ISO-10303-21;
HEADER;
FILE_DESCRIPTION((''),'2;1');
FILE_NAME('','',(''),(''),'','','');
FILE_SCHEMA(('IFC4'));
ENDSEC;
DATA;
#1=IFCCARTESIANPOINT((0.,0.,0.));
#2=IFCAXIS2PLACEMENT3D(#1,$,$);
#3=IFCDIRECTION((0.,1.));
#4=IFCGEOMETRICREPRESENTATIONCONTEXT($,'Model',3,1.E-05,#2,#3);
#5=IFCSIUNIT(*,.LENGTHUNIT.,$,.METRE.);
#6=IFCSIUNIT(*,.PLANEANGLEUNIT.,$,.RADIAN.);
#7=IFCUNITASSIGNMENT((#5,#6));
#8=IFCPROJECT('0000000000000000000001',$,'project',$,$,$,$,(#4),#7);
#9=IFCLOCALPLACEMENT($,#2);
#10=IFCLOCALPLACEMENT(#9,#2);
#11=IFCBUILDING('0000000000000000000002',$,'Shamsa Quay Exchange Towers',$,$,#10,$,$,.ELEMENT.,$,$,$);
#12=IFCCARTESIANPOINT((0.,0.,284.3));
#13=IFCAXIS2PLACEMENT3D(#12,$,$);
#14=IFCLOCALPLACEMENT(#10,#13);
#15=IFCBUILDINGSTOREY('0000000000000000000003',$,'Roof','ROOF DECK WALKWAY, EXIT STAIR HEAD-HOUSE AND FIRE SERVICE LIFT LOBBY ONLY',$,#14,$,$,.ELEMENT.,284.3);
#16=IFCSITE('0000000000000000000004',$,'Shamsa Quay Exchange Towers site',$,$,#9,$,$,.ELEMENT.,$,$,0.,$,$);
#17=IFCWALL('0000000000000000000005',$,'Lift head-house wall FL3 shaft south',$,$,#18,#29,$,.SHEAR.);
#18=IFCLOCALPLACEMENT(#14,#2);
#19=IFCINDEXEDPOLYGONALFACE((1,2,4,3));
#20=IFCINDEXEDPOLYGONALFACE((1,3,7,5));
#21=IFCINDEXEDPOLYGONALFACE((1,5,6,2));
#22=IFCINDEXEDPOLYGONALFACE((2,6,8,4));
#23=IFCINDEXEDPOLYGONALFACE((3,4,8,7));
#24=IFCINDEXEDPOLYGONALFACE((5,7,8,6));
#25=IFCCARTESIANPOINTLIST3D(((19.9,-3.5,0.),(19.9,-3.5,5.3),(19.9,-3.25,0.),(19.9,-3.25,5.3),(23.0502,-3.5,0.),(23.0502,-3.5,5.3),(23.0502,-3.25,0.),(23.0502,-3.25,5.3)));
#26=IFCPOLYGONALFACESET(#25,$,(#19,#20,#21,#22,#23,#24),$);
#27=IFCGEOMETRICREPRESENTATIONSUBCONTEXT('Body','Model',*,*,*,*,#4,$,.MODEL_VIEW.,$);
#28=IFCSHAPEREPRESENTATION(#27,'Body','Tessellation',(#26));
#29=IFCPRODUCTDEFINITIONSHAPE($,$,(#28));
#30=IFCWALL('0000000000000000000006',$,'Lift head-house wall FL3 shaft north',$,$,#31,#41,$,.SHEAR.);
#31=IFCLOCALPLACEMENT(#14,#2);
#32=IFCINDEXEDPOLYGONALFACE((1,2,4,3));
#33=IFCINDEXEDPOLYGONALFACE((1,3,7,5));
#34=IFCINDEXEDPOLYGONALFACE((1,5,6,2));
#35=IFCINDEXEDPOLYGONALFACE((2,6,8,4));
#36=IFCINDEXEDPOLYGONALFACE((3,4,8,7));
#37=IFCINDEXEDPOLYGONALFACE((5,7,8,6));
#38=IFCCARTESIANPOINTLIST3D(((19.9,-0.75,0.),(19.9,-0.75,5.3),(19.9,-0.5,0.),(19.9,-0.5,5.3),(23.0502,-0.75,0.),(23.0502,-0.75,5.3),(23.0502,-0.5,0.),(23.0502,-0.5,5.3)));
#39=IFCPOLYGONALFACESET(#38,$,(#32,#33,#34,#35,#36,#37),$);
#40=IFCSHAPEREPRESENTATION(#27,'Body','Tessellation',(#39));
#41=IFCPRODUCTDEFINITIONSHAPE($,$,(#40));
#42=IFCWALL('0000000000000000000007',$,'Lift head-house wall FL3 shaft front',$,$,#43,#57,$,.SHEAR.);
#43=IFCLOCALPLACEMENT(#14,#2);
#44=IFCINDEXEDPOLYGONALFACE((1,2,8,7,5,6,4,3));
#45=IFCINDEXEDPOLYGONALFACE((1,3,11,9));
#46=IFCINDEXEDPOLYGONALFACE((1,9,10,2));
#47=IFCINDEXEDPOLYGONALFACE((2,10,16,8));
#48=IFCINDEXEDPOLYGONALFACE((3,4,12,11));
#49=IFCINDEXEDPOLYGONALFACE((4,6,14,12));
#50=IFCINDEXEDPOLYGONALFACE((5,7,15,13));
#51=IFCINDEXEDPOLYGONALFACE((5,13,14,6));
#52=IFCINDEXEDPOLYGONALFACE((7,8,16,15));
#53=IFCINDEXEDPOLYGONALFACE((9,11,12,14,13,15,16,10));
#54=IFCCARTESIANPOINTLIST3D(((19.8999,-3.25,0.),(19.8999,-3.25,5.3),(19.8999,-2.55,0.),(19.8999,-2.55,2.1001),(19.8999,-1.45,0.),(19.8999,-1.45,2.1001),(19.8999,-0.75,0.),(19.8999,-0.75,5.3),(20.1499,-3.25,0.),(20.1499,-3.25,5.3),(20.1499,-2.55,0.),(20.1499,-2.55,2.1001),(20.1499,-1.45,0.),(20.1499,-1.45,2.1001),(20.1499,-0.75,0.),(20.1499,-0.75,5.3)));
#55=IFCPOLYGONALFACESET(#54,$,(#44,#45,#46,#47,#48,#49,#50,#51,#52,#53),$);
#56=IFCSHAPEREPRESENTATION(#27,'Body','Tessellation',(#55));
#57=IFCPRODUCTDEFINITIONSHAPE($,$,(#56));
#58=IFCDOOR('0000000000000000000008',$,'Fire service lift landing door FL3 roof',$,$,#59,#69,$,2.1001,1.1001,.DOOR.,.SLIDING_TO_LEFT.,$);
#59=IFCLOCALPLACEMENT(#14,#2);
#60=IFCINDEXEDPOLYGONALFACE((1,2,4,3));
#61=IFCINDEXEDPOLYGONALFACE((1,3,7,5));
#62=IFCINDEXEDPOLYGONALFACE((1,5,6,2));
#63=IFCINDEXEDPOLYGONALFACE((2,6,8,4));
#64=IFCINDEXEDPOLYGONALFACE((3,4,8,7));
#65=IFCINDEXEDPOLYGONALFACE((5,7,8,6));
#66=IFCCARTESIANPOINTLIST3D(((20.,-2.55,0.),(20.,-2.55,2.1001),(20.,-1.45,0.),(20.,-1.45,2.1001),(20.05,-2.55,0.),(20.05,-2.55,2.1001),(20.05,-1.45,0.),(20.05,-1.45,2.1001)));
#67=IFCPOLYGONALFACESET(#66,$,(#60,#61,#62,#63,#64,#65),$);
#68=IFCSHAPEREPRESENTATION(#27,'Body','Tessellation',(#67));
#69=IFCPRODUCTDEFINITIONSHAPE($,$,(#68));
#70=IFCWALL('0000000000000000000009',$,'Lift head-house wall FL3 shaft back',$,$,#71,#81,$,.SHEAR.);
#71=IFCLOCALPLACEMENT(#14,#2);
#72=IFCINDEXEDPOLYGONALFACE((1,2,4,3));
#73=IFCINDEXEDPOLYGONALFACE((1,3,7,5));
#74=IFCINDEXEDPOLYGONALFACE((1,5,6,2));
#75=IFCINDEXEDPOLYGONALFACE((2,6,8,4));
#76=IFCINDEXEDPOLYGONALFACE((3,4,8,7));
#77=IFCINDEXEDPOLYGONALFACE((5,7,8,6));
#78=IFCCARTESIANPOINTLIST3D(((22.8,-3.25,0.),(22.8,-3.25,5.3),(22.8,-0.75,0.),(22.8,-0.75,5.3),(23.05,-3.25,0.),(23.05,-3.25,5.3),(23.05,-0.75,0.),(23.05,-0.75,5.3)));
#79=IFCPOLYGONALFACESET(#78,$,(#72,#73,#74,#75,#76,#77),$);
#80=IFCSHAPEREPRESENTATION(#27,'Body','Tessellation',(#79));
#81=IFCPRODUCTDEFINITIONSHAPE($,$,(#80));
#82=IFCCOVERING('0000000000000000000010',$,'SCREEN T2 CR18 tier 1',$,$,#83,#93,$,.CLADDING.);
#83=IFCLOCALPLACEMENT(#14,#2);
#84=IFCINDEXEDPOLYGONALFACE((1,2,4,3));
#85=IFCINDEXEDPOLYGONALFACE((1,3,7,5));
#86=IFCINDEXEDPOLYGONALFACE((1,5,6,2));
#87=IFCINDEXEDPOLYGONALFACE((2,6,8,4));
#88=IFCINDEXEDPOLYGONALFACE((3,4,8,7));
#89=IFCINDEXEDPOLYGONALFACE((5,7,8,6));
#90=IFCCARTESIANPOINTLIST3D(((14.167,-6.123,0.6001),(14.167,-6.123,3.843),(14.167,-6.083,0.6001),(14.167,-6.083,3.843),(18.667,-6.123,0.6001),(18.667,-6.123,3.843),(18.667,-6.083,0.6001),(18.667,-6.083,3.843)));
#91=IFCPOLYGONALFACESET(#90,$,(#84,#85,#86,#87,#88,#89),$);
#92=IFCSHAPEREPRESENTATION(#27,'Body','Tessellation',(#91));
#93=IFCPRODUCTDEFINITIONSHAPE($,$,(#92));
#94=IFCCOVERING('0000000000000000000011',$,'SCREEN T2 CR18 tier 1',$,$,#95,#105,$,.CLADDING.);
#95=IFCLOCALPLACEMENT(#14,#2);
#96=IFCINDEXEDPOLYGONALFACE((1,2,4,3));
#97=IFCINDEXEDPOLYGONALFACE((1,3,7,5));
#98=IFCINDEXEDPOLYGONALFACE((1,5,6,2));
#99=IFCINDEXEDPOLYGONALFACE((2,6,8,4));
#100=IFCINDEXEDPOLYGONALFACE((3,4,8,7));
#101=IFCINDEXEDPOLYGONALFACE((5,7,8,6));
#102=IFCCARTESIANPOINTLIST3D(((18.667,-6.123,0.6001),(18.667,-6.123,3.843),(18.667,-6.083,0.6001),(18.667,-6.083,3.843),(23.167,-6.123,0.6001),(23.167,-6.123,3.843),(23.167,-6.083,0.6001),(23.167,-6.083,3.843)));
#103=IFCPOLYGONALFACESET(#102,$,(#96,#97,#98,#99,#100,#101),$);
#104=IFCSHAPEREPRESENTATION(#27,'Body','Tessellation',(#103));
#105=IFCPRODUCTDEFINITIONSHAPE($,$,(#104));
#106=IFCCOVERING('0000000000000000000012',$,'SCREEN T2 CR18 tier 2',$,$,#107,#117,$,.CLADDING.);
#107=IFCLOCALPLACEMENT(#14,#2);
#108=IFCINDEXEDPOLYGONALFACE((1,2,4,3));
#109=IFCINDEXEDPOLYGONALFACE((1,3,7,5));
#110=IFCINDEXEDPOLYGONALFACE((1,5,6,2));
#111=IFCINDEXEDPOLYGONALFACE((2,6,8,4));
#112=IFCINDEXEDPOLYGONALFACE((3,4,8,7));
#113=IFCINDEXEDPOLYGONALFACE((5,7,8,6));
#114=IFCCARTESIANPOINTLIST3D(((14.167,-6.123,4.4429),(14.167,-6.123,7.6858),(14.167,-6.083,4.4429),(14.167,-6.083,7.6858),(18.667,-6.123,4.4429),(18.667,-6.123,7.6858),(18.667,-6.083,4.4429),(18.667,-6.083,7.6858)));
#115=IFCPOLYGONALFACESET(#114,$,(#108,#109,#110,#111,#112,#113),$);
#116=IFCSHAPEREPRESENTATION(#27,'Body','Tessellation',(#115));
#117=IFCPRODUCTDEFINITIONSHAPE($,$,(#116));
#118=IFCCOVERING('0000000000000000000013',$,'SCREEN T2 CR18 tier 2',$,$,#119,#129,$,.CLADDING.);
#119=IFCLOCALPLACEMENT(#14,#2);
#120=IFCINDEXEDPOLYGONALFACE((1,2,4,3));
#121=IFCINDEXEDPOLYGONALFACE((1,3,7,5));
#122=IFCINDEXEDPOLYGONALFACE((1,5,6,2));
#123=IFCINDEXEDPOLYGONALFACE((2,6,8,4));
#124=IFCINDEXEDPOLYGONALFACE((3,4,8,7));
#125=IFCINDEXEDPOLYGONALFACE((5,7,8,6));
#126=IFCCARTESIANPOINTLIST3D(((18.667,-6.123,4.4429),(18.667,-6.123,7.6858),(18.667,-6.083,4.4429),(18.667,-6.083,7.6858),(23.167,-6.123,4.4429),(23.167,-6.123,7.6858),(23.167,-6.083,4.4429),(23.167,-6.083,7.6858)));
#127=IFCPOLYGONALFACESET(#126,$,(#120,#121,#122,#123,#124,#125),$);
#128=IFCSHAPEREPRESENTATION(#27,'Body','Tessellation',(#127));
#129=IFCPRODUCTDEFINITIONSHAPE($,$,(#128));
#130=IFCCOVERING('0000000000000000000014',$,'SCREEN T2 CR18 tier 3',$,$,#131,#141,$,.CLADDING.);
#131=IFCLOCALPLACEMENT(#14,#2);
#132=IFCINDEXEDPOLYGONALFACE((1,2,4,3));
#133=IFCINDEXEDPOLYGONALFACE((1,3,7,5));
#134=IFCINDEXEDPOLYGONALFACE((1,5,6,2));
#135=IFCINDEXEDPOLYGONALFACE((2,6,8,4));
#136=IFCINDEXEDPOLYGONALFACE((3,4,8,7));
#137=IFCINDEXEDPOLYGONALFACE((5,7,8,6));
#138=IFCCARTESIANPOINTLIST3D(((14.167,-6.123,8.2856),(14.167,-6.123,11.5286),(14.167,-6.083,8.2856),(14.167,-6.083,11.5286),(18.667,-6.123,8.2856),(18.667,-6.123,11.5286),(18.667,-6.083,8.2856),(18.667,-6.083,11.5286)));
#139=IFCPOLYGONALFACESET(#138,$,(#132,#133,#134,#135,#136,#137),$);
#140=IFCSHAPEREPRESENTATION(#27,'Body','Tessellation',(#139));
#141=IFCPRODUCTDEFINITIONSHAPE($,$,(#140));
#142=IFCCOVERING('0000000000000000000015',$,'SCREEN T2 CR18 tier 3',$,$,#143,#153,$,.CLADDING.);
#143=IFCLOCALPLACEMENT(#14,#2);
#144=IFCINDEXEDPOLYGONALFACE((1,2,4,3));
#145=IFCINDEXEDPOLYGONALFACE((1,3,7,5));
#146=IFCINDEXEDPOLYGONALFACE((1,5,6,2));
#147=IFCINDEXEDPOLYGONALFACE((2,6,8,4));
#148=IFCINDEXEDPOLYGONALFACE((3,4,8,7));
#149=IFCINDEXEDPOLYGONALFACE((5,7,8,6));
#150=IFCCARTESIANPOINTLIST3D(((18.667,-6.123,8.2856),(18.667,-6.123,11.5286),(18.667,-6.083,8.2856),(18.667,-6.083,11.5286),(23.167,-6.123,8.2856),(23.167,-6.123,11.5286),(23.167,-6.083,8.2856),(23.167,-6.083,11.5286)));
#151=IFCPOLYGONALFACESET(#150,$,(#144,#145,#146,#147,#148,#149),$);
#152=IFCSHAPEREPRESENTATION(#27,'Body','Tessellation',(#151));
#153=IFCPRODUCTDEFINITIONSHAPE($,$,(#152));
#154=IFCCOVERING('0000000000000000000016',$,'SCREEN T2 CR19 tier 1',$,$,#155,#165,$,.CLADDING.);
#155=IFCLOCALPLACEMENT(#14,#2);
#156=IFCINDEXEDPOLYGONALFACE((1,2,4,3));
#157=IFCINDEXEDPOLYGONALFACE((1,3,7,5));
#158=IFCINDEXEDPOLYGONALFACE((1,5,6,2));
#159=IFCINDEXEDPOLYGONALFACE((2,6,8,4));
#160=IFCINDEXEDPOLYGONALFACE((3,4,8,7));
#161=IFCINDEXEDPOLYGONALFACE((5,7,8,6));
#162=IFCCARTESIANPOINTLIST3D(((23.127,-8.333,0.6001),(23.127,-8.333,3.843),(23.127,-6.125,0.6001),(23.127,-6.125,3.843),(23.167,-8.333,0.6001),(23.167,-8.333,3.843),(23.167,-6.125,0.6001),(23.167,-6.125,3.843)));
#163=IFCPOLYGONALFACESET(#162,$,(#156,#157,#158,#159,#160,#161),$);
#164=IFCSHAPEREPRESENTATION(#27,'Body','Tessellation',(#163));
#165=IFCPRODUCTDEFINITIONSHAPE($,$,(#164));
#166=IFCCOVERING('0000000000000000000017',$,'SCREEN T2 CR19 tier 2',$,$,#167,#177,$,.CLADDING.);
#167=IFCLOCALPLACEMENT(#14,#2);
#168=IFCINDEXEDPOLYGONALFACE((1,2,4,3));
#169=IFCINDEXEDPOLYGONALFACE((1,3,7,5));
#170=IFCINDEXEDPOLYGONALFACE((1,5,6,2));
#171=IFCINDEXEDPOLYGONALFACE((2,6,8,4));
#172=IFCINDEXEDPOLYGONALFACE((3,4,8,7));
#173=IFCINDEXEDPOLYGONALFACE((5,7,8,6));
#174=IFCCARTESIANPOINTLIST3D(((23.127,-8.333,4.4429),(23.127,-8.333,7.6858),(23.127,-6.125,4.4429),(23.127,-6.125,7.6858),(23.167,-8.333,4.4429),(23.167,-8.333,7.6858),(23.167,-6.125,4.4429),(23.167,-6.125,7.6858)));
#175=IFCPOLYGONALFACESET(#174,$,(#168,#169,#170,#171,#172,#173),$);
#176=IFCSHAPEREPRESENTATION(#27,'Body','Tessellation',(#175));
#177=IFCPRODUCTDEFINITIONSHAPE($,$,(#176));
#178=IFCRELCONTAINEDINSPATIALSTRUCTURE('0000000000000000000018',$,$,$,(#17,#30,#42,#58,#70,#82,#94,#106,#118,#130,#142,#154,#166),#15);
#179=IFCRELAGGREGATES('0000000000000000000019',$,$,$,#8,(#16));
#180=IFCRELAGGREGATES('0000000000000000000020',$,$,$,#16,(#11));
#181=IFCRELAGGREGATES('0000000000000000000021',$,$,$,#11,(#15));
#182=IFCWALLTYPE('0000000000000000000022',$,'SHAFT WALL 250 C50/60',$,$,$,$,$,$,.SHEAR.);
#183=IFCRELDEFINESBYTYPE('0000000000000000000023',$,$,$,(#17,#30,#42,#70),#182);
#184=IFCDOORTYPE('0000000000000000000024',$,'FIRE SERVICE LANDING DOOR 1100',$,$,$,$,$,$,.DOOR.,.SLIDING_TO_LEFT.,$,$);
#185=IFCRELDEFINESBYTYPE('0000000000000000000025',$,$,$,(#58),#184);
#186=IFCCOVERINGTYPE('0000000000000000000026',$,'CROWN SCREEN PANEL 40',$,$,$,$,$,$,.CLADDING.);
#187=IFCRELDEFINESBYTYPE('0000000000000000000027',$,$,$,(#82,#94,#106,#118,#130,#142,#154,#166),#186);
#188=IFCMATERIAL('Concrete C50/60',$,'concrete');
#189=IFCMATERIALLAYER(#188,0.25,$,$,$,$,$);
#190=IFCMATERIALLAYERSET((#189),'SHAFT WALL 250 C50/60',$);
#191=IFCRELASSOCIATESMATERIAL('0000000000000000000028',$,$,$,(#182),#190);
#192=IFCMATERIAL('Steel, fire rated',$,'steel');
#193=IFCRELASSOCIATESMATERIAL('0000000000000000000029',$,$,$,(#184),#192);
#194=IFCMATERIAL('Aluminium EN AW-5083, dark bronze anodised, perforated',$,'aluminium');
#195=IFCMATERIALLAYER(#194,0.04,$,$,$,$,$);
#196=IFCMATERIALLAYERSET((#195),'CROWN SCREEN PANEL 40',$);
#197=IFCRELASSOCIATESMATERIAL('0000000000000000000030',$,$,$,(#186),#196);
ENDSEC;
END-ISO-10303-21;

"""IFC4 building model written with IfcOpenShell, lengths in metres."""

from ifc_helpers import new_model, si_unit, direction, frame, frame_2d, origin, origin_2d, place, context, subcontext, project, spatial, rectangle, extrude, material, layer, layer_set, type_object, element, fill, save


model = new_model("IFC4")

# Units and contexts
model_context = context("Model", 3, precision=1e-05, world=origin(), true_north=direction((0.0, 1.0)))
body_context = subcontext(model_context, "Body", "Model", "MODEL_VIEW")
ifc_project = project(units=[si_unit("LENGTHUNIT", "METRE"), si_unit("PLANEANGLEUNIT", "RADIAN")], contexts=[model_context])

# Site, building, storey
site_placement = place(None, origin())
site = spatial("IfcSite", under=ifc_project, at=site_placement, Name="Shamsa Quay Exchange Towers site", CompositionType="ELEMENT", RefElevation=0.0)
building_placement = place(site_placement, origin())
building = spatial("IfcBuilding", under=site, at=building_placement, Name="Shamsa Quay Exchange Towers", CompositionType="ELEMENT")
storey_placement = place(building_placement, frame((0.0, 0.0, 284.3)))
storey = spatial("IfcBuildingStorey", under=building, at=storey_placement, Name="Roof", Description="ROOF DECK WALKWAY, EXIT STAIR HEAD-HOUSE AND FIRE SERVICE LIFT LOBBY ONLY", CompositionType="ELEMENT", Elevation=284.3)

# Shared definitions
ifc_material_1 = material(Name="Concrete C50/60", Category="concrete")
ifc_layer_1 = layer(ifc_material_1, 0.25)
ifc_layer_set_1 = layer_set([ifc_layer_1], Name="SHAFT WALL 250 C50/60")
wall_type_1 = type_object("IfcWallType", Name="SHAFT WALL 250 C50/60", PredefinedType="SHEAR", material=ifc_layer_set_1)

# Shared definitions
ifc_material_2 = material(Name="Steel, fire rated", Category="steel")

# Walls
for number, where, name in (
    (1, (19.8999, -3.375, 0.0), "Lift head-house wall FL3 shaft south"),
    (2, (19.8999, -0.625, 0.0), "Lift head-house wall FL3 shaft north"),
):
    element("IfcWall", number, at=place(storey_placement, frame(where)), inside=storey, type_object=wall_type_1, Name=name, PredefinedType="SHEAR", context=body_context, shape_type="SweptSolid", body=[
        extrude(rectangle(XDim=3.1501, YDim=0.25, at=frame_2d((1.5752, 0.0))), origin(), (0.0, 0.0, 1.0), 5.3),
    ])

# Wall, opening, door
wall_1_placement = place(storey_placement, frame((20.0249, -3.25, 0.0), z_axis=(0.0, 0.0, 1.0), x_axis=(0.0, 1.0, 0.0)))
wall_1 = element("IfcWall", 3, at=wall_1_placement, inside=storey, type_object=wall_type_1, Name="Lift head-house wall FL3 shaft front", PredefinedType="SHEAR", context=body_context, shape_type="SweptSolid", body=[
    extrude(rectangle(XDim=2.5, YDim=0.25, at=frame_2d((1.25, 0.0))), origin(), (0.0, 0.0, 1.0), 5.3),
])
opening_1_placement = place(wall_1_placement, frame((0.7, 0.0, 0.0)))
opening_1 = element("IfcOpeningElement", 4, at=opening_1_placement, cuts=wall_1, PredefinedType="OPENING", context=body_context, shape_type="SweptSolid", body=[
    extrude(rectangle(XDim=1.1001, YDim=2.1001, at=frame_2d((0.55, 1.05))), frame((0.0, 0.135, 0.0), z_axis=(0.0, -1.0, 0.0), x_axis=(1.0, 0.0, 0.0)), (0.0, 0.0, 1.0), 0.27),
])
door_type_1 = type_object("IfcDoorType", Name="FIRE SERVICE LANDING DOOR 1100", OperationType="SLIDING_TO_LEFT", PredefinedType="DOOR", material=ifc_material_2)
door_1_placement = place(opening_1_placement, origin())
door_1 = element("IfcDoor", 5, at=door_1_placement, inside=storey, type_object=door_type_1, Name="Fire service lift landing door FL3 roof", OperationType="SLIDING_TO_LEFT", OverallHeight=2.1001, OverallWidth=1.1001, PredefinedType="DOOR", context=body_context, shape_type="SweptSolid", body=[
    extrude(rectangle(XDim=1.1001, YDim=2.1001, at=frame_2d((0.55, 1.05))), frame((0.0, 0.0249, 0.0), z_axis=(0.0, -1.0, 0.0), x_axis=(1.0, 0.0, 0.0)), (0.0, 0.0, 1.0), 0.05),
])
fill(opening_1, door_1)

# Wall
wall_2_placement = place(storey_placement, frame((22.925, -3.25, 0.0), z_axis=(0.0, 0.0, 1.0), x_axis=(0.0, 1.0, 0.0)))
element("IfcWall", 6, at=wall_2_placement, inside=storey, type_object=wall_type_1, Name="Lift head-house wall FL3 shaft back", PredefinedType="SHEAR", context=body_context, shape_type="SweptSolid", body=[
    extrude(rectangle(XDim=2.5, YDim=0.25, at=frame_2d((1.25, 0.0))), origin(), (0.0, 0.0, 1.0), 5.3),
])

# Coverings
ifc_material_3 = material(Name="Aluminium EN AW-5083, dark bronze anodised, perforated", Category="aluminium")
ifc_layer_2 = layer(ifc_material_3, 0.04)
ifc_layer_set_2 = layer_set([ifc_layer_2], Name="CROWN SCREEN PANEL 40")
covering_type = type_object("IfcCoveringType", Name="CROWN SCREEN PANEL 40", PredefinedType="CLADDING", material=ifc_layer_set_2)
for number, where, name in (
    (7, (16.417, -6.103, 0.6001), "SCREEN T2 CR18 tier 1"),
    (8, (20.917, -6.103, 0.6001), "SCREEN T2 CR18 tier 1"),
    (9, (16.417, -6.103, 4.4429), "SCREEN T2 CR18 tier 2"),
    (10, (20.917, -6.103, 4.4429), "SCREEN T2 CR18 tier 2"),
    (11, (16.417, -6.103, 8.2856), "SCREEN T2 CR18 tier 3"),
    (12, (20.917, -6.103, 8.2856), "SCREEN T2 CR18 tier 3"),
):
    element("IfcCovering", number, at=place(storey_placement, frame(where)), inside=storey, type_object=covering_type, Name=name, PredefinedType="CLADDING", context=body_context, shape_type="SweptSolid", body=[
        extrude(rectangle(XDim=4.5, YDim=0.04, at=origin_2d()), origin(), (0.0, 0.0, 1.0), 3.2429),
    ])
for number, where, z_axis, x_axis, name in (
    (13, (23.147, -7.229, 0.6001), (0.0, 0.0, 1.0), (0.0, -1.0, 0.0), "SCREEN T2 CR19 tier 1"),
    (14, (23.147, -7.229, 4.4429), (0.0, 0.0, 1.0), (0.0, -1.0, 0.0), "SCREEN T2 CR19 tier 2"),
):
    element("IfcCovering", number, at=place(storey_placement, frame(where, z_axis=z_axis, x_axis=x_axis)), inside=storey, type_object=covering_type, Name=name, PredefinedType="CLADDING", context=body_context, shape_type="SweptSolid", body=[
        extrude(rectangle(XDim=2.208, YDim=0.04, at=origin_2d()), origin(), (0.0, 0.0, 1.0), 3.2429),
    ])

save(model, "model.ifc")
